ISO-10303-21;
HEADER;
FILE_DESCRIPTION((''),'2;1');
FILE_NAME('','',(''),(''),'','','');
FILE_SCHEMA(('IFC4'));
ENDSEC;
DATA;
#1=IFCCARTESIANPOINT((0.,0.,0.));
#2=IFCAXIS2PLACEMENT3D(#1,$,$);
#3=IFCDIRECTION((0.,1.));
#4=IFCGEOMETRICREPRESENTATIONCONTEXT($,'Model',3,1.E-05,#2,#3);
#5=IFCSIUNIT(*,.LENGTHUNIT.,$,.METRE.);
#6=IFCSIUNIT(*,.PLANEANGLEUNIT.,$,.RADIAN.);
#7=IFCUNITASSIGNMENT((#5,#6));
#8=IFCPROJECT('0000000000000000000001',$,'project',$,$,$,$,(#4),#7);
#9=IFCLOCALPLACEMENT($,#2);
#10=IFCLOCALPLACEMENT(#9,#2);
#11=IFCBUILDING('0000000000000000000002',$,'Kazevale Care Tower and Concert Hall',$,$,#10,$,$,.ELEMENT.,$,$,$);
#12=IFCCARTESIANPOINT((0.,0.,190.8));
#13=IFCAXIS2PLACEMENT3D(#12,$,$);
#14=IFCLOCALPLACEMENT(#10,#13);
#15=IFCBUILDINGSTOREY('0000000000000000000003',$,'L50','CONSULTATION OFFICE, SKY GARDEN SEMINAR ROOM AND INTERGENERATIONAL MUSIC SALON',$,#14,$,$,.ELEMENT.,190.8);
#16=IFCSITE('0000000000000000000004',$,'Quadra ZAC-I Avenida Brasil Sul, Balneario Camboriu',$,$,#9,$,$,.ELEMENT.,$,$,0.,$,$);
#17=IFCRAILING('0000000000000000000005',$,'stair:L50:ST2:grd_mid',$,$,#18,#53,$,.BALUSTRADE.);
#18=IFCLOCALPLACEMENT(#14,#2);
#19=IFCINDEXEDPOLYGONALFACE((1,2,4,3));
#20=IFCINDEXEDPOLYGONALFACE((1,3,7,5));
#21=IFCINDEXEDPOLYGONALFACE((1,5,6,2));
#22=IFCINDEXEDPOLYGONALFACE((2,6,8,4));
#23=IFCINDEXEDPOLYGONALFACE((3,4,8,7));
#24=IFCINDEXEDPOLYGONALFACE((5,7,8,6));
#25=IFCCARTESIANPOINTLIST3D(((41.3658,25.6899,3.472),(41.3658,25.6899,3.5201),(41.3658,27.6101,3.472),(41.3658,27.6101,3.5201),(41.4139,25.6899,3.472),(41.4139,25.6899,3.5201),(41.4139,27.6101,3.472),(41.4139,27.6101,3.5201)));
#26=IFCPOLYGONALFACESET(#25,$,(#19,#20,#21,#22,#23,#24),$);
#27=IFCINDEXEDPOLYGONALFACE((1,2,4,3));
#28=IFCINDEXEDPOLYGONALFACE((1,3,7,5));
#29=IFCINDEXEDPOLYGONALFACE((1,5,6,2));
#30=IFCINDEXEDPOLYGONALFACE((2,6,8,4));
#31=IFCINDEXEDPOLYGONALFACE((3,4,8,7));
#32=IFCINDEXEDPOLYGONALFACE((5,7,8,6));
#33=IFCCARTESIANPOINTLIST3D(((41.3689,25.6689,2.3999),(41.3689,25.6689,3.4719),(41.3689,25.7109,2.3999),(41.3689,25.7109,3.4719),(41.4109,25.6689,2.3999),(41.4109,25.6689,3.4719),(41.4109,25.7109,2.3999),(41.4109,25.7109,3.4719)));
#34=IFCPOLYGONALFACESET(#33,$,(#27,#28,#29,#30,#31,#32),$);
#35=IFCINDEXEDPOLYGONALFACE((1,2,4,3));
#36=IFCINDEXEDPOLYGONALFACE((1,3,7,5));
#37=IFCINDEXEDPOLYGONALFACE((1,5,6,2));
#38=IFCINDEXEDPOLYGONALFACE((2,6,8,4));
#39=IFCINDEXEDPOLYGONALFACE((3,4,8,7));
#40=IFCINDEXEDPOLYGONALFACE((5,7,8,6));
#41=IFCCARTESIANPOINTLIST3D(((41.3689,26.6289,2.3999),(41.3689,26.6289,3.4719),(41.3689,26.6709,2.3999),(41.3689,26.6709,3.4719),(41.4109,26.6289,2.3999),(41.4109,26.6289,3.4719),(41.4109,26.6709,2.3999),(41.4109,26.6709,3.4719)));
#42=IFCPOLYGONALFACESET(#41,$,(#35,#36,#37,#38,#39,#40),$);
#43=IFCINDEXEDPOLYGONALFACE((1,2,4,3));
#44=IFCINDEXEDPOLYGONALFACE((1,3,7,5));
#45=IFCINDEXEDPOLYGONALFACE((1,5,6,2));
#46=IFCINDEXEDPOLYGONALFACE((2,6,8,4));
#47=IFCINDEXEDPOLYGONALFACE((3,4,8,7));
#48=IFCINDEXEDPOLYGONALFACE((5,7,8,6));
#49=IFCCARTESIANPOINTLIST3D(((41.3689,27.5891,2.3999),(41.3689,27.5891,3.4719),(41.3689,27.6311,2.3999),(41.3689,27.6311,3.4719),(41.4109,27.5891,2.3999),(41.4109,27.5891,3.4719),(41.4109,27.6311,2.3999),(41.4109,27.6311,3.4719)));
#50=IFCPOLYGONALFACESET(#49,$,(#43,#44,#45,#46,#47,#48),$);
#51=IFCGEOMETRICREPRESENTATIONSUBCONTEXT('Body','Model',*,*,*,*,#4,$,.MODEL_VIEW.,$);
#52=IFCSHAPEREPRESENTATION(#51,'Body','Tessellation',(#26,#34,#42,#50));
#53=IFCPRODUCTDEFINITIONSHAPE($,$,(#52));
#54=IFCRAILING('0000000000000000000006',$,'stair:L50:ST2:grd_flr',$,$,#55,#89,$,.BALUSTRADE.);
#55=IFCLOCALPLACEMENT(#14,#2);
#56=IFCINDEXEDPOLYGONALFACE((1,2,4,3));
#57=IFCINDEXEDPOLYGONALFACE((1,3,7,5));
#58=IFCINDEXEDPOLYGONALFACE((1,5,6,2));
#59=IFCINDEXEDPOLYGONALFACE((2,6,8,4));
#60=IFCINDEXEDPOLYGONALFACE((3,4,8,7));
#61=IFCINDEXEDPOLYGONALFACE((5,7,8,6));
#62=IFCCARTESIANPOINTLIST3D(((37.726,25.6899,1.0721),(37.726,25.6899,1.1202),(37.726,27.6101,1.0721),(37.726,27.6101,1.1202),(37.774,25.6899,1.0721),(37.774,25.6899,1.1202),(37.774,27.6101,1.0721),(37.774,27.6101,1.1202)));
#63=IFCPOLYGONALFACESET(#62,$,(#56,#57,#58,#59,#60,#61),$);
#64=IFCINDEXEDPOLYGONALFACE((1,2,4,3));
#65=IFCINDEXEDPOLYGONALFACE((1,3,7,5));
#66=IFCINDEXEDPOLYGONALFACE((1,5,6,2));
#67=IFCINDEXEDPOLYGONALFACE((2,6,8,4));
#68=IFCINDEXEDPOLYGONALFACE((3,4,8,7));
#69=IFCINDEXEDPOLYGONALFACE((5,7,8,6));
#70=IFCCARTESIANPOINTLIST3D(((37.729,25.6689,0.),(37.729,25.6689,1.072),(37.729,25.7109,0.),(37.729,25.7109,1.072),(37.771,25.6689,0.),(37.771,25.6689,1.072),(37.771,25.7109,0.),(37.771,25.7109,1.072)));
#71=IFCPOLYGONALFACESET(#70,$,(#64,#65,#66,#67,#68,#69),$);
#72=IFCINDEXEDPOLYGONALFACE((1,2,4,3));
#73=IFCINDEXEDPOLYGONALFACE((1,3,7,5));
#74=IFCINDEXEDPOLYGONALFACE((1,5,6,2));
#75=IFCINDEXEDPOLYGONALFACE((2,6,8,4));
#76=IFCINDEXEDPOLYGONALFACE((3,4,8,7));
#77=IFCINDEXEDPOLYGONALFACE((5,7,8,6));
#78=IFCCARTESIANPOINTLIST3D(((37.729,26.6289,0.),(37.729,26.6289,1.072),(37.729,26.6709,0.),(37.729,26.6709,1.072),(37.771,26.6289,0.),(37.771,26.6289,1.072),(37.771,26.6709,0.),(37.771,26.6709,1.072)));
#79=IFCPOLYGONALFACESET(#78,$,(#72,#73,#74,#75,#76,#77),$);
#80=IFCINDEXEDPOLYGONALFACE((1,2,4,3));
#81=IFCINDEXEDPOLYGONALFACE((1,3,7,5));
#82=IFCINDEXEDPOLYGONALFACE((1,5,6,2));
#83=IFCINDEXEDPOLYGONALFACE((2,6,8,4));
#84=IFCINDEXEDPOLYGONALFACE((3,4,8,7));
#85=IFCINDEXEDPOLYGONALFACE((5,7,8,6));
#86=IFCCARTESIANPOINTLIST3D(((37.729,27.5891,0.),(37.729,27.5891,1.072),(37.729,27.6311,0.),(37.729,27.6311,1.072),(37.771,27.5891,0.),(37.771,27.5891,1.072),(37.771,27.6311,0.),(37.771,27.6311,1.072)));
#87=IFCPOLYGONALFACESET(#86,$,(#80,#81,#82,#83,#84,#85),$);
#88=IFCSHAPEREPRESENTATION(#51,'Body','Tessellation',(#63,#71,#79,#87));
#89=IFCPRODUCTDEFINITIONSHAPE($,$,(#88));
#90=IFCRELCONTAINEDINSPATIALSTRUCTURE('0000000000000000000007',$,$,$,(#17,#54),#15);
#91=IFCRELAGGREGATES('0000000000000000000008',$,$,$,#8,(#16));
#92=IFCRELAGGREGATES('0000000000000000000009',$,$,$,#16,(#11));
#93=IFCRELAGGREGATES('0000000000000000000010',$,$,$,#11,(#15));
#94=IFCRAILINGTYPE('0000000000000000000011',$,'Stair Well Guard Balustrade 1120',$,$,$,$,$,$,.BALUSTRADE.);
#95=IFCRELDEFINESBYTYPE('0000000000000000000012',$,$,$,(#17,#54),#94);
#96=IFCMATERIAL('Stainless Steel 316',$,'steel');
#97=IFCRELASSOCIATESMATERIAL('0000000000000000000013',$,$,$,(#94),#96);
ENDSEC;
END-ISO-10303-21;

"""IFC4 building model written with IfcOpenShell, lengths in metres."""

from ifc_helpers import new_model, si_unit, direction, frame, origin, origin_2d, place, context, subcontext, project, spatial, rectangle, extrude, material, type_object, element, save


model = new_model("IFC4")

# Units and contexts
model_context = context("Model", 3, precision=1e-05, world=origin(), true_north=direction((0.0, 1.0)))
body_context = subcontext(model_context, "Body", "Model", "MODEL_VIEW")
ifc_project = project(units=[si_unit("LENGTHUNIT", "METRE"), si_unit("PLANEANGLEUNIT", "RADIAN")], contexts=[model_context])

# Site, building, storey
site_placement = place(None, origin())
site = spatial("IfcSite", under=ifc_project, at=site_placement, Name="Quadra ZAC-I Avenida Brasil Sul, Balneario Camboriu", CompositionType="ELEMENT", RefElevation=0.0)
building_placement = place(site_placement, origin())
building = spatial("IfcBuilding", under=site, at=building_placement, Name="Kazevale Care Tower and Concert Hall", CompositionType="ELEMENT")
storey_placement = place(building_placement, frame((0.0, 0.0, 190.8)))
storey = spatial("IfcBuildingStorey", under=building, at=storey_placement, Name="L50", Description="CONSULTATION OFFICE, SKY GARDEN SEMINAR ROOM AND INTERGENERATIONAL MUSIC SALON", CompositionType="ELEMENT", Elevation=190.8)

# Railings
ifc_material_1 = material(Name="Stainless Steel 316", Category="steel")
railing_type_1 = type_object("IfcRailingType", Name="Stair Well Guard Balustrade 1120", PredefinedType="BALUSTRADE", material=ifc_material_1)
for number, where, name in (
    (1, (41.3899, 25.6899, 2.3999), "stair:L50:ST2:grd_mid"),
    (2, (37.75, 25.6899, 0.0), "stair:L50:ST2:grd_flr"),
):
    element("IfcRailing", number, at=place(storey_placement, frame(where)), inside=storey, type_object=railing_type_1, Name=name, PredefinedType="BALUSTRADE", context=body_context, shape_type="SweptSolid", body=[
        extrude(rectangle(XDim=0.0481, YDim=0.0481, at=origin_2d()), frame((0.0, 0.0, 1.0962), z_axis=(0.0, 1.0, 0.0), x_axis=(-1.0, 0.0, 0.0)), (0.0, 0.0, 1.0), 1.9202),
        extrude(rectangle(XDim=0.042, YDim=0.042, at=origin_2d()), origin(), (0.0, 0.0, 1.0), 1.072),
        extrude(rectangle(XDim=0.042, YDim=0.042, at=origin_2d()), frame((0.0, 0.96, 0.0)), (0.0, 0.0, 1.0), 1.072),
        extrude(rectangle(XDim=0.042, YDim=0.042, at=origin_2d()), frame((0.0, 1.9202, 0.0)), (0.0, 0.0, 1.0), 1.072),
    ])

save(model, "model.ifc")
